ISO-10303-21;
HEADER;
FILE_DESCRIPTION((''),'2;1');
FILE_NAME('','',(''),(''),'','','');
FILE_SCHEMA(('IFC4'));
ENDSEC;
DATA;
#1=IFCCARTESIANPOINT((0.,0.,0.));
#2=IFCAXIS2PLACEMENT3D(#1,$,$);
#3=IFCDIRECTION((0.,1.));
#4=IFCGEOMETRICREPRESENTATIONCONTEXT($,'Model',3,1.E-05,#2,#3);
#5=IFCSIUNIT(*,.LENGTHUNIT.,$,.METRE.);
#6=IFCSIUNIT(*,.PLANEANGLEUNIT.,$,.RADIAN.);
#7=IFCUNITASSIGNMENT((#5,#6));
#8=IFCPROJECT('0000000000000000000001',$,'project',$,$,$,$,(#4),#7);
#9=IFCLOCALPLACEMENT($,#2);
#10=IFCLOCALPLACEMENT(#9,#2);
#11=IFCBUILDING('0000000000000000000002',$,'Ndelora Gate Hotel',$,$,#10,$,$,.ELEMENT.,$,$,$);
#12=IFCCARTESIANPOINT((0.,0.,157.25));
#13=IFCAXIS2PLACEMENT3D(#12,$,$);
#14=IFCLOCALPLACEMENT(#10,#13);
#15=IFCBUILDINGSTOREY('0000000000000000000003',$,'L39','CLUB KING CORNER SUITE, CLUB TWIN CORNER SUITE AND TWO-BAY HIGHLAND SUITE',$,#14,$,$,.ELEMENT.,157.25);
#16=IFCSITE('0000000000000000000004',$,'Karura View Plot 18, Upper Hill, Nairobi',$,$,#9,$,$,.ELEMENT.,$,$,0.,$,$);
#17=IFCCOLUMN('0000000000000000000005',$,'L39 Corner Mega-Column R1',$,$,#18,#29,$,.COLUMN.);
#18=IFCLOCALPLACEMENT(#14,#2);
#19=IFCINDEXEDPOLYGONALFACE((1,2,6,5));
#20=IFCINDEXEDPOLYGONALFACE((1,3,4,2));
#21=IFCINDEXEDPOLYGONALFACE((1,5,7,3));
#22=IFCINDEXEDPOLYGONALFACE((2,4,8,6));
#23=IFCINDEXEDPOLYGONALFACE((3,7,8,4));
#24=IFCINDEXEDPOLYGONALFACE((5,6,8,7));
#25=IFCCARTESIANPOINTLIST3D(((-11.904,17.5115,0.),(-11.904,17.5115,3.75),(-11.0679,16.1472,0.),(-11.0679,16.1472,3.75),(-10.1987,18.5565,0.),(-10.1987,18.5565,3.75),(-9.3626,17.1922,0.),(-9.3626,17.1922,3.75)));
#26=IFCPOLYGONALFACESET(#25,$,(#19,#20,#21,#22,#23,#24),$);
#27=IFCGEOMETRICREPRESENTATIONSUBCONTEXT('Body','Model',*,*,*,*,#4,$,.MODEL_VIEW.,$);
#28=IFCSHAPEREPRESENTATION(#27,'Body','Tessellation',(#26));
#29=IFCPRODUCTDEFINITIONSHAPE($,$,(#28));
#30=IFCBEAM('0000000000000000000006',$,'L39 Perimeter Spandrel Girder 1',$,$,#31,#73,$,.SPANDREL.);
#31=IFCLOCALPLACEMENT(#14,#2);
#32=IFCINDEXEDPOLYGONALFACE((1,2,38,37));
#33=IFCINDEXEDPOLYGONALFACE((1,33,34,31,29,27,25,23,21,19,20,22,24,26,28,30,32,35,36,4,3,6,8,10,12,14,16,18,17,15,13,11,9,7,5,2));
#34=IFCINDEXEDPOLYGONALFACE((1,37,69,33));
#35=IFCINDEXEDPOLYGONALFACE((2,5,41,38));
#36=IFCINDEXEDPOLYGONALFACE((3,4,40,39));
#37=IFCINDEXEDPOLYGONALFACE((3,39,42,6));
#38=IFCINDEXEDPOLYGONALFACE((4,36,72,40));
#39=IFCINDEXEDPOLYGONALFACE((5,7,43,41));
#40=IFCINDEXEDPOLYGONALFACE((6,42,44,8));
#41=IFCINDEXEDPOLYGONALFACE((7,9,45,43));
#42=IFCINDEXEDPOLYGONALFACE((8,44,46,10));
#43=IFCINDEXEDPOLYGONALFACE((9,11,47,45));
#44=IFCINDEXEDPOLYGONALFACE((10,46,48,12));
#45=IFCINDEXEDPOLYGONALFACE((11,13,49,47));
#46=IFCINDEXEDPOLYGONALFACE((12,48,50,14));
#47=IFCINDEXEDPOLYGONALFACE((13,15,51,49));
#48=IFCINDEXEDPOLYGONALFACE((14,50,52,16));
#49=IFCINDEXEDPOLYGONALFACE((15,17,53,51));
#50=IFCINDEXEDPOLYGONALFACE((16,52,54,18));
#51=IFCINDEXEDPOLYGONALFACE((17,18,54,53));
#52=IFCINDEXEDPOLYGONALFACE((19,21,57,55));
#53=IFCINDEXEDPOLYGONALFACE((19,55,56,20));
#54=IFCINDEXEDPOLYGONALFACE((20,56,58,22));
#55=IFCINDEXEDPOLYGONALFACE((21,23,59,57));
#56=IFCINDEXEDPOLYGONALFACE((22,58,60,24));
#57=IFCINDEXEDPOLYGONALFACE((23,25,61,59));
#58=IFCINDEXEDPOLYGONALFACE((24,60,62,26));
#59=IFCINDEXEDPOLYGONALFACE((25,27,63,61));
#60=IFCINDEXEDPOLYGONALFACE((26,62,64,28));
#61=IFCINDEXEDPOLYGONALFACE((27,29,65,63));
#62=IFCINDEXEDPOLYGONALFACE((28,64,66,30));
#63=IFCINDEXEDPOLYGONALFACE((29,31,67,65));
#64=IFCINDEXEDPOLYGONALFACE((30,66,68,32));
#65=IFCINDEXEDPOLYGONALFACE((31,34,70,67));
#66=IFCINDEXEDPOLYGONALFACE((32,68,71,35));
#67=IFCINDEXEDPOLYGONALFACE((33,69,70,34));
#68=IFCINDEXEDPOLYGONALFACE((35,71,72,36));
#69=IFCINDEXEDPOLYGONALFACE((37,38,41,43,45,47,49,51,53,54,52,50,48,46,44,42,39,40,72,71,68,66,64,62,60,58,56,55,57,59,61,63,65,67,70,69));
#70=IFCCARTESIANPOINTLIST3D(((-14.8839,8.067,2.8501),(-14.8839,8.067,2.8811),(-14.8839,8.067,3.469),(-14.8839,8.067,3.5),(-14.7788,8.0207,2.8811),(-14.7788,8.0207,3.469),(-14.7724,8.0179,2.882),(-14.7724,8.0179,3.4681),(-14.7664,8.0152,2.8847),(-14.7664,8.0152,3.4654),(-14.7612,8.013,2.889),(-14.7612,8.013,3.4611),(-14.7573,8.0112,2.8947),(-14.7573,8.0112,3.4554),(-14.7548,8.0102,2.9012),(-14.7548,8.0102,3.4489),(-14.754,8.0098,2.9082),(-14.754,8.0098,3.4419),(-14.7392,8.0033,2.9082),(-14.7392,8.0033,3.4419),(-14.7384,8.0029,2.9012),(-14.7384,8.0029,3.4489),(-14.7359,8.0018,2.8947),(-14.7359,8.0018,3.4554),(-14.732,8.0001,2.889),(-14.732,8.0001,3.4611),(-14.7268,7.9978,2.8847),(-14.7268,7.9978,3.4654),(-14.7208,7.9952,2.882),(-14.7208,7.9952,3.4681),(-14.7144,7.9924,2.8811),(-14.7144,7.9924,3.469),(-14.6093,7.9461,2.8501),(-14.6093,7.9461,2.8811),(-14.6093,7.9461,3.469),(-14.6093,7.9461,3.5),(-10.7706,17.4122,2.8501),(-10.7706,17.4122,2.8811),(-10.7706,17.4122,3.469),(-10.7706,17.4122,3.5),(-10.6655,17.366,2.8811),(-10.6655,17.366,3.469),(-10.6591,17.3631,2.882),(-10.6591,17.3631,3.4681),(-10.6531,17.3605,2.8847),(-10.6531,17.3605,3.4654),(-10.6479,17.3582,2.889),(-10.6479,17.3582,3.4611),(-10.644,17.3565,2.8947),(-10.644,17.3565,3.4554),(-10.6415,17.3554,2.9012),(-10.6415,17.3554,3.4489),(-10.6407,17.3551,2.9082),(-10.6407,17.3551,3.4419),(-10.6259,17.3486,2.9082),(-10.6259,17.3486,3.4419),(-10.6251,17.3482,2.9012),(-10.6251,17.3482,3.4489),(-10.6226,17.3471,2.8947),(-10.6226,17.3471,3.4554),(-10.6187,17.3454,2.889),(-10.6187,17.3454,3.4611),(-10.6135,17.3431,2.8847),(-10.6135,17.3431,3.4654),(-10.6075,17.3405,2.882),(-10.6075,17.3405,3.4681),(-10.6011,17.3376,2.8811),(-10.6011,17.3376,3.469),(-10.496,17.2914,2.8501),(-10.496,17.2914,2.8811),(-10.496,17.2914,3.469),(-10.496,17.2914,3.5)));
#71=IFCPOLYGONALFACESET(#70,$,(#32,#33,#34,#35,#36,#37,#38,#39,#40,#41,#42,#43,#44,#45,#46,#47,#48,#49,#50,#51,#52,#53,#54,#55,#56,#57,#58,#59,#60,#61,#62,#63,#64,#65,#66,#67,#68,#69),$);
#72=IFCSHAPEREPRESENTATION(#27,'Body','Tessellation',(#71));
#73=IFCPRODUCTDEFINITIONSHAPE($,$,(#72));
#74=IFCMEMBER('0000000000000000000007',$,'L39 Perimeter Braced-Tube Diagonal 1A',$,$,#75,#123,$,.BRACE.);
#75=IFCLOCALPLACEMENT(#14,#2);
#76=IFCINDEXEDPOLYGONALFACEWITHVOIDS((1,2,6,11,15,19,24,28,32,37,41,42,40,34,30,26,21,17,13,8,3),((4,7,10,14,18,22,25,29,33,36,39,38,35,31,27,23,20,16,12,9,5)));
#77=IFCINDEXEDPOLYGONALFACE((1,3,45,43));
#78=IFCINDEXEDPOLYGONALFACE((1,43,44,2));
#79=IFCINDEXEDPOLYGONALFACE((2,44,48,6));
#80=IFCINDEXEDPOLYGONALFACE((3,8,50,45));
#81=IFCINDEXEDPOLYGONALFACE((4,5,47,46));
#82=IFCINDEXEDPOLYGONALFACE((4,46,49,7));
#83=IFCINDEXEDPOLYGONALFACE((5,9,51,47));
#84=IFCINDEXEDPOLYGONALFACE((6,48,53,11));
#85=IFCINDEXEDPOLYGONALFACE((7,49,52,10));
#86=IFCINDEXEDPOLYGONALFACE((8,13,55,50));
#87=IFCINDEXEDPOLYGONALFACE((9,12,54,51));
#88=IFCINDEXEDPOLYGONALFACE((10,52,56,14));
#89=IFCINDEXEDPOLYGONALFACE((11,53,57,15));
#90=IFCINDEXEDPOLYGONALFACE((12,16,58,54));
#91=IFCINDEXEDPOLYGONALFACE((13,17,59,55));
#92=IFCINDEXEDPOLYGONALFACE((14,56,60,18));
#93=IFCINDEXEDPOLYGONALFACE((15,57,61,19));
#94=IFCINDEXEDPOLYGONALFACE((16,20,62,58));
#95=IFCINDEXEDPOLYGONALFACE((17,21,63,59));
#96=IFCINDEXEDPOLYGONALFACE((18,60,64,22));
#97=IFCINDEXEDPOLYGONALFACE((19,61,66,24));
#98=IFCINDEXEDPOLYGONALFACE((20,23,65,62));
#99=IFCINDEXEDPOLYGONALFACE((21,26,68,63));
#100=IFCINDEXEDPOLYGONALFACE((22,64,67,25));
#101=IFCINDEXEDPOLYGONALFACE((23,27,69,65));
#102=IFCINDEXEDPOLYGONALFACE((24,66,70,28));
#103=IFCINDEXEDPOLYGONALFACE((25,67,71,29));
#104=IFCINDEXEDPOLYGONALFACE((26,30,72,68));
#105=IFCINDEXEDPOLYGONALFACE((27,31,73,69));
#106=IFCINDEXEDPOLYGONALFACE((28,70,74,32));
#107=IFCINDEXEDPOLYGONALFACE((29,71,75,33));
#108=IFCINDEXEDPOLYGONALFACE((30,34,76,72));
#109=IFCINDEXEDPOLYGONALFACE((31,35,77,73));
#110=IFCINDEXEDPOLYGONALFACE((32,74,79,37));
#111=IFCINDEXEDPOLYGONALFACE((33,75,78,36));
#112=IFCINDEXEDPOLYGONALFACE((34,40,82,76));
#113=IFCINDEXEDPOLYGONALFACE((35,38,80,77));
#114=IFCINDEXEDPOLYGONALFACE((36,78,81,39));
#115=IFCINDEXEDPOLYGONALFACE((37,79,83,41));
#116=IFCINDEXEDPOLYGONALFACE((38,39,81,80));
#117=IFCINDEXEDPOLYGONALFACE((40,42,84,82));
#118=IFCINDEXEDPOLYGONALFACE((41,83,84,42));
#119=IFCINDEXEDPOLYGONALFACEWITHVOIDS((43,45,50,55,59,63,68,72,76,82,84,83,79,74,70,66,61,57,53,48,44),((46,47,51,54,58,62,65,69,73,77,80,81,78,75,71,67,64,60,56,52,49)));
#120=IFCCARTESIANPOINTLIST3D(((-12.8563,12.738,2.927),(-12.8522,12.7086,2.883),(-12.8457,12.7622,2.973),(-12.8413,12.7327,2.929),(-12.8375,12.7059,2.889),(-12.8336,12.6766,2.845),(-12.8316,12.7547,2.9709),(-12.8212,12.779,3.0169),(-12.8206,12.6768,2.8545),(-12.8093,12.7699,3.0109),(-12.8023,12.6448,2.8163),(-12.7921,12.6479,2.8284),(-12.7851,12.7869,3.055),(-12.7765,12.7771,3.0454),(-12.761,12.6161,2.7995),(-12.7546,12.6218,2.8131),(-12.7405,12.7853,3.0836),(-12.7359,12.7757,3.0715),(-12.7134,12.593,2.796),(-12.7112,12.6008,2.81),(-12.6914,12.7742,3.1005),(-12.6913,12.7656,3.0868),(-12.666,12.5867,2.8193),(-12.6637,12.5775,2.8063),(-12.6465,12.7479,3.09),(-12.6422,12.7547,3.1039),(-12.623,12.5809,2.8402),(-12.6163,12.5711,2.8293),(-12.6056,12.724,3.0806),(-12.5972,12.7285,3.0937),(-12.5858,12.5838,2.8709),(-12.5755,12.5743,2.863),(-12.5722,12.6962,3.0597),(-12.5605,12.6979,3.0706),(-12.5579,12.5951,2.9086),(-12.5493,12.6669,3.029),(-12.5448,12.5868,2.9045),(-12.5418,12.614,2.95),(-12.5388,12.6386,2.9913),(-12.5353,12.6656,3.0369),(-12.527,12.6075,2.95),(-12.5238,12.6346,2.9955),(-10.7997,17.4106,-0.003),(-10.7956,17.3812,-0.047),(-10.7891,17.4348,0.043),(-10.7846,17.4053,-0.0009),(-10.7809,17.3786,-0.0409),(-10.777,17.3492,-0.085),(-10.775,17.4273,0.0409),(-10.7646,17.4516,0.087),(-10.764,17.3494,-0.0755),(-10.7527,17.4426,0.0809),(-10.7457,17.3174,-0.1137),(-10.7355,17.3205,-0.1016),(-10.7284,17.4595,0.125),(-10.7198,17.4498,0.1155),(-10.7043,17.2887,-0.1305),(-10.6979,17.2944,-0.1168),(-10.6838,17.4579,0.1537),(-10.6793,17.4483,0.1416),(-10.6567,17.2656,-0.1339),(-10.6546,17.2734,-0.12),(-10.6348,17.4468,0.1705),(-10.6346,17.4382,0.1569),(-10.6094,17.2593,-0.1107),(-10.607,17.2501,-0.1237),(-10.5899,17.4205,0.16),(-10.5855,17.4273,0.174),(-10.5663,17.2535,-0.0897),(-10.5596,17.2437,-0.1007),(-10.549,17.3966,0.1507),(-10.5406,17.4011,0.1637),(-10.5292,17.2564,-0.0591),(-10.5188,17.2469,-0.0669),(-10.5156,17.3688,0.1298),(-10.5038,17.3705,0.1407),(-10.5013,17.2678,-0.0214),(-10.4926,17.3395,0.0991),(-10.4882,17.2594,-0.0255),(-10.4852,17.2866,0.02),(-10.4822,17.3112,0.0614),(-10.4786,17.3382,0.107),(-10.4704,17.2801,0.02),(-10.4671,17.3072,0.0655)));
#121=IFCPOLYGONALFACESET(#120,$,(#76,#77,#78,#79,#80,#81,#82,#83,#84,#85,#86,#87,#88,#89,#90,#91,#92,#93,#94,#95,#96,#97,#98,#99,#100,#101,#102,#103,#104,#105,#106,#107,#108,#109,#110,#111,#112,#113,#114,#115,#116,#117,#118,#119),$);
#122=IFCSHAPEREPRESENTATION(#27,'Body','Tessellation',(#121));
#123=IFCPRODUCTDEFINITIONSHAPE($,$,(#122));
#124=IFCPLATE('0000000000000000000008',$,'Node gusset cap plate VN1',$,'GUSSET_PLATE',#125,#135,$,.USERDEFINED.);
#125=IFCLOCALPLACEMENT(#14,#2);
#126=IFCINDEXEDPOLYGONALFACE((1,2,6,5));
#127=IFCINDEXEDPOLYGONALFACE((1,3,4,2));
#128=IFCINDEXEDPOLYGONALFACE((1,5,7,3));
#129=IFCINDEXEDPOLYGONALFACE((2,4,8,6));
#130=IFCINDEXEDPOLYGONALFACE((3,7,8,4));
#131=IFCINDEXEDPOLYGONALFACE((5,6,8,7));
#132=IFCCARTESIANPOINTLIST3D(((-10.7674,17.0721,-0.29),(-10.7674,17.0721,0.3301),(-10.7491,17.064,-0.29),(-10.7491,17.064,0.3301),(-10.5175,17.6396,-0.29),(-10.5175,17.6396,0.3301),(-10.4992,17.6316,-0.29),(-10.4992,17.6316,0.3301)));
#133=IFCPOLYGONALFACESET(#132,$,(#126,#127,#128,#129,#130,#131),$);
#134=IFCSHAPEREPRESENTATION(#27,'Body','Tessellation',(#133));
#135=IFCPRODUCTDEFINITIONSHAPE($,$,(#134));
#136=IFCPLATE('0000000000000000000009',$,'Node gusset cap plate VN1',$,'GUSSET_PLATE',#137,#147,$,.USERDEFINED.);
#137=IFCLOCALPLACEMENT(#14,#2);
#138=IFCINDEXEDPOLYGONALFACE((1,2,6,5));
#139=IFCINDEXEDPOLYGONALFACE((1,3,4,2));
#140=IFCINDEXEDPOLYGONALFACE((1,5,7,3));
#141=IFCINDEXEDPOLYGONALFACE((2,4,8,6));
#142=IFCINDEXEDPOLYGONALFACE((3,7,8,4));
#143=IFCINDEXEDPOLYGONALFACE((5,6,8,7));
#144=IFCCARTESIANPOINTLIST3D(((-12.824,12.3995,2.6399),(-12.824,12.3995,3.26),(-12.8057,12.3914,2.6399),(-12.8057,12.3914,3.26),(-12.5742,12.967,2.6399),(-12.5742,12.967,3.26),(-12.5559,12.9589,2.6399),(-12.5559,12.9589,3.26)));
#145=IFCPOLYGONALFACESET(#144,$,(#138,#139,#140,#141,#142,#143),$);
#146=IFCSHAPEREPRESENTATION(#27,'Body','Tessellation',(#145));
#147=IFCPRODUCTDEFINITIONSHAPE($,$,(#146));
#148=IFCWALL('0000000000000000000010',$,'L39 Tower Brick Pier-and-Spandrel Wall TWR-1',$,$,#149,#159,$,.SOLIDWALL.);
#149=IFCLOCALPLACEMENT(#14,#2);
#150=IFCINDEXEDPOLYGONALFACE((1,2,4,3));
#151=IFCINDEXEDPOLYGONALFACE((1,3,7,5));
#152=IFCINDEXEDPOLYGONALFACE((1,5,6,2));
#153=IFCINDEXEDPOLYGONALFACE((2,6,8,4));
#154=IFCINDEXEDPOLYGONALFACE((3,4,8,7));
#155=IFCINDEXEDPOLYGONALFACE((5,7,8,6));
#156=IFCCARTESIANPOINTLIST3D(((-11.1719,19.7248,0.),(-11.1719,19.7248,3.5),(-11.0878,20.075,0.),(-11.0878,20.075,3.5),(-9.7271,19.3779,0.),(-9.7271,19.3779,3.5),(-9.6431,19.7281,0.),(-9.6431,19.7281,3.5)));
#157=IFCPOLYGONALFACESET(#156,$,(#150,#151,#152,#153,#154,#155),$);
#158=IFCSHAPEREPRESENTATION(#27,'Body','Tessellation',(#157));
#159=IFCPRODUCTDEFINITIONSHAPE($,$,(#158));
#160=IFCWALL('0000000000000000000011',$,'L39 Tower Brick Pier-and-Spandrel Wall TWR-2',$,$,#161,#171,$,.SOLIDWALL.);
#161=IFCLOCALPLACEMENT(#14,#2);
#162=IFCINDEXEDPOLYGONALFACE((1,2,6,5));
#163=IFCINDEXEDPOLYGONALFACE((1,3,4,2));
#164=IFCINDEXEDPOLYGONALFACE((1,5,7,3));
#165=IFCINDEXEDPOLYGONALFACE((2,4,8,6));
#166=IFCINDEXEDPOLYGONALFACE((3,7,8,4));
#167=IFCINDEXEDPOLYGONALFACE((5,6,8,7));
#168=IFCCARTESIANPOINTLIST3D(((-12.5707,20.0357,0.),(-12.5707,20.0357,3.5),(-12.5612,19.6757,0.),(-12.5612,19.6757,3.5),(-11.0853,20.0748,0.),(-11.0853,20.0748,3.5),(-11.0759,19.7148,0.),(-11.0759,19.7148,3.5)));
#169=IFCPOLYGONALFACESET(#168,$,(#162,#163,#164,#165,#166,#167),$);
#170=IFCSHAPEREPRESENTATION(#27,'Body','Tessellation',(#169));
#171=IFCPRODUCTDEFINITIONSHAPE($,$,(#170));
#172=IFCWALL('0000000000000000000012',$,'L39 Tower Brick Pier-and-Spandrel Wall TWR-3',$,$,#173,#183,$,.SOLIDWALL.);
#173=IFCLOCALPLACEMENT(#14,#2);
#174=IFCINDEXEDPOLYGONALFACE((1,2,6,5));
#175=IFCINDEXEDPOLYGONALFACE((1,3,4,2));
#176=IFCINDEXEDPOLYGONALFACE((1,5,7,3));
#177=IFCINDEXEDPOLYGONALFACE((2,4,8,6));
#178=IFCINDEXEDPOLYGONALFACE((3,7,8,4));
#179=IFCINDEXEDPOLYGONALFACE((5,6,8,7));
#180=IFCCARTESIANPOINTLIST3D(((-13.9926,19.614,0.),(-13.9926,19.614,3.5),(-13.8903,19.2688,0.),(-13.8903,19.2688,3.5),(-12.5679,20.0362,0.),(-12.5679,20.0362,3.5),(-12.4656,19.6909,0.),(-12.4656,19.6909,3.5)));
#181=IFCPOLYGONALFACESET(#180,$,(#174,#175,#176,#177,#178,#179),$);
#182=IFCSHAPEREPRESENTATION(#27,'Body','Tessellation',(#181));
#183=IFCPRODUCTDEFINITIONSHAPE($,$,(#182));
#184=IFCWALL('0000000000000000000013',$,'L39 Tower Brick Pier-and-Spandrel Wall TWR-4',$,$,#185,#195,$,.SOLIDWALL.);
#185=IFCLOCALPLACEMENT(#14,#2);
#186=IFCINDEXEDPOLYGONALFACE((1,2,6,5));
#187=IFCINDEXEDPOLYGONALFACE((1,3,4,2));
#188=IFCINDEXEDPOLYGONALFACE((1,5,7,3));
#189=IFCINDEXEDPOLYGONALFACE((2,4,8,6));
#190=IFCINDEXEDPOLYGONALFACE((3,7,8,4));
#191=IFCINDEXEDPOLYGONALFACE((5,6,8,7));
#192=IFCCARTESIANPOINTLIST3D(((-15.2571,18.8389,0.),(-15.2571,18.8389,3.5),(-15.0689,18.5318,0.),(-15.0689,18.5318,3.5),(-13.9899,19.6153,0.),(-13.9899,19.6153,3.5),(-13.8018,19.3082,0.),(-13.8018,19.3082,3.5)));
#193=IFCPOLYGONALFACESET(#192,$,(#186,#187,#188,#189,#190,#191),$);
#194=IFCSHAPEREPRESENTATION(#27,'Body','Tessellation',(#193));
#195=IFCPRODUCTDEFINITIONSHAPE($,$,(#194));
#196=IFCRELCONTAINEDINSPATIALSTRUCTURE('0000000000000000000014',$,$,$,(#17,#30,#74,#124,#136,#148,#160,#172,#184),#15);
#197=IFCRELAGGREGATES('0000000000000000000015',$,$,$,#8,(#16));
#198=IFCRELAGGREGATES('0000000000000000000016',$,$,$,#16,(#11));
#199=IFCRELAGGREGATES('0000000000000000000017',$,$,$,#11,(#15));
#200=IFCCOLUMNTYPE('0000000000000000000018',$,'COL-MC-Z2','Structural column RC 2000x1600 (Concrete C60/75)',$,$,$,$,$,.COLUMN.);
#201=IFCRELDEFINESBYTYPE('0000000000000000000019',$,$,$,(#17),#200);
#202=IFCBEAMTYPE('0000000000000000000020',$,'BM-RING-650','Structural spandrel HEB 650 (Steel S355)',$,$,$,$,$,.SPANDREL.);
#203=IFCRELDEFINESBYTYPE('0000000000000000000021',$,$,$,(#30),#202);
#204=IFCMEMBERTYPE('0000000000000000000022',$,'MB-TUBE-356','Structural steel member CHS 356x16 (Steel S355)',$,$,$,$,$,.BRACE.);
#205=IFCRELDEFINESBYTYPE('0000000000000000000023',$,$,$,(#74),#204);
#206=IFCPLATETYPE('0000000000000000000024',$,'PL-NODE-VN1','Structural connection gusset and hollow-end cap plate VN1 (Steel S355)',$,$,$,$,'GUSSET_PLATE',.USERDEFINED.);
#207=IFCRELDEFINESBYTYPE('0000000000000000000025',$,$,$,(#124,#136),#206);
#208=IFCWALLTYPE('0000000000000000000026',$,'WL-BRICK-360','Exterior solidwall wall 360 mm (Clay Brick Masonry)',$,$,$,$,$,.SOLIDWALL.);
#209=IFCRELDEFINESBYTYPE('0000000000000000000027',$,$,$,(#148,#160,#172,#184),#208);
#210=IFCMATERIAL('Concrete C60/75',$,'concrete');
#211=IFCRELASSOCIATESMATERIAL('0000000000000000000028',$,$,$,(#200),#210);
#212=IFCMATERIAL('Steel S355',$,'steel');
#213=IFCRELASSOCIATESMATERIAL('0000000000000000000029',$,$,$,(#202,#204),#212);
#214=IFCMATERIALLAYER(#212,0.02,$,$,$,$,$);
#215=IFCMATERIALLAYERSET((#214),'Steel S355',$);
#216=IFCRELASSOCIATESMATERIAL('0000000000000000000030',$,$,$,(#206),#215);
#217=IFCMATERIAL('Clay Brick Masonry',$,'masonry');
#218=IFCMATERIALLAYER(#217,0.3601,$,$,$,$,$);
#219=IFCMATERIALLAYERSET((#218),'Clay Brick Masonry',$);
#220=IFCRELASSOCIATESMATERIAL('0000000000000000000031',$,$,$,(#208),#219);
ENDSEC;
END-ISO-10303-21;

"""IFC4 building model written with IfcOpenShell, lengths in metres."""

from ifc_helpers import new_model, si_unit, direction, frame, frame_2d, origin, origin_2d, place, context, subcontext, project, spatial, rectangle, hollow_circle, i_section, extrude, material, layer, layer_set, material_profile, profile_set, type_object, element, save


model = new_model("IFC4")

# Units and contexts
model_context = context("Model", 3, precision=1e-05, world=origin(), true_north=direction((0.0, 1.0)))
body_context = subcontext(model_context, "Body", "Model", "MODEL_VIEW")
ifc_project = project(units=[si_unit("LENGTHUNIT", "METRE"), si_unit("PLANEANGLEUNIT", "RADIAN")], contexts=[model_context])

# Site, building, storey
site_placement = place(None, origin())
site = spatial("IfcSite", under=ifc_project, at=site_placement, Name="Karura View Plot 18, Upper Hill, Nairobi", CompositionType="ELEMENT", RefElevation=0.0)
building_placement = place(site_placement, origin())
building = spatial("IfcBuilding", under=site, at=building_placement, Name="Ndelora Gate Hotel", CompositionType="ELEMENT")
storey_placement = place(building_placement, frame((0.0, 0.0, 157.25)))
storey = spatial("IfcBuildingStorey", under=building, at=storey_placement, Name="L39", Description="CLUB KING CORNER SUITE, CLUB TWIN CORNER SUITE AND TWO-BAY HIGHLAND SUITE", CompositionType="ELEMENT", Elevation=157.25)

# Column
ifc_material_1 = material(Name="Concrete C60/75", Category="concrete")
ifc_material_profile_1 = material_profile(ifc_material_1, rectangle(XDim=1.6001, YDim=2.0, at=origin_2d()), Name="RC 2000x1600")
ifc_profile_set_1 = profile_set([ifc_material_profile_1], Name="Concrete C60/75")
column_type = type_object("IfcColumnType", Name="COL-MC-Z2", Description="Structural column RC 2000x1600 (Concrete C60/75)", PredefinedType="COLUMN", material=ifc_profile_set_1)
column_placement = place(storey_placement, frame((-10.6333, 17.3518, 0.0), z_axis=(0.0, 0.0, 1.0), x_axis=(-0.522499, 0.85264, 0.0)))
element("IfcColumn", 1, at=column_placement, inside=storey, type_object=column_type, Name="L39 Corner Mega-Column R1", PredefinedType="COLUMN", context=body_context, shape_type="SweptSolid", body=[
    extrude(rectangle(XDim=1.6001, YDim=2.0, at=origin_2d()), origin(), (0.0, 0.0, 1.0), 3.75),
])

# Beam
ifc_material_2 = material(Name="Steel S355", Category="steel")
ifc_material_profile_2 = material_profile(ifc_material_2, i_section(OverallWidth=0.3, OverallDepth=0.6499, WebThickness=0.0161, FlangeThickness=0.031, FilletRadius=0.0271, at=origin_2d()), Name="HEB 650")
ifc_profile_set_2 = profile_set([ifc_material_profile_2], Name="Steel S355")
beam_type = type_object("IfcBeamType", Name="BM-RING-650", Description="Structural spandrel HEB 650 (Steel S355)", PredefinedType="SPANDREL", material=ifc_profile_set_2)
beam_placement = place(storey_placement, frame((-10.6333, 17.3518, 3.175), z_axis=(-0.402852, -0.915265, 0.0), x_axis=(0.915265, -0.402852, 0.0)))
element("IfcBeam", 2, at=beam_placement, inside=storey, type_object=beam_type, Name="L39 Perimeter Spandrel Girder 1", PredefinedType="SPANDREL", context=body_context, shape_type="SweptSolid", body=[
    extrude(i_section(OverallWidth=0.3, OverallDepth=0.6499, WebThickness=0.0161, FlangeThickness=0.031, FilletRadius=0.0271, at=origin_2d()), origin(), (0.0, 0.0, 1.0), 10.2104),
])

# Member
ifc_material_profile_3 = material_profile(ifc_material_2, hollow_circle(Radius=0.178, WallThickness=0.0161, at=origin_2d()), Name="CHS 356x16")
ifc_profile_set_3 = profile_set([ifc_material_profile_3], Name="Steel S355")
member_type = type_object("IfcMemberType", Name="MB-TUBE-356", Description="Structural steel member CHS 356x16 (Steel S355)", PredefinedType="BRACE", material=ifc_profile_set_3)
member_placement = place(storey_placement, frame((-10.6333, 17.3518, 0.02), z_axis=(-0.349399, -0.793822, 0.497762), x_axis=(0.915265, -0.402852, 0.0)))
element("IfcMember", 3, at=member_placement, inside=storey, type_object=member_type, Name="L39 Perimeter Braced-Tube Diagonal 1A", PredefinedType="BRACE", context=body_context, shape_type="SweptSolid", body=[
    extrude(hollow_circle(Radius=0.178, WallThickness=0.0161, at=origin_2d()), origin(), (0.0, 0.0, 1.0), 5.8862),
])

# Plates
ifc_layer_1 = layer(ifc_material_2, 0.02)
ifc_layer_set_1 = layer_set([ifc_layer_1], Name="Steel S355")
plate_type = type_object("IfcPlateType", Name="PL-NODE-VN1", Description="Structural connection gusset and hollow-end cap plate VN1 (Steel S355)", ElementType="GUSSET_PLATE", PredefinedType="USERDEFINED", material=ifc_layer_set_1)
for number, where, z_axis, x_axis, name in (
    (4, (-10.6333, 17.3518, -0.29), (0.0, 0.0, 1.0), (0.402906, 0.915241, 0.0), "Node gusset cap plate VN1"),
    (5, (-12.6899, 12.6792, 2.6399), (0.0, 0.0, 1.0), (0.402906, 0.915241, 0.0), "Node gusset cap plate VN1"),
):
    element("IfcPlate", number, at=place(storey_placement, frame(where, z_axis=z_axis, x_axis=x_axis)), inside=storey, type_object=plate_type, Name=name, ObjectType="GUSSET_PLATE", PredefinedType="USERDEFINED", context=body_context, shape_type="SweptSolid", body=[
        extrude(rectangle(XDim=0.6201, YDim=0.02, at=origin_2d()), origin(), (0.0, 0.0, 1.0), 0.6201),
    ])

# Walls
ifc_material_3 = material(Name="Clay Brick Masonry", Category="masonry")
ifc_layer_2 = layer(ifc_material_3, 0.3601)
ifc_layer_set_2 = layer_set([ifc_layer_2], Name="Clay Brick Masonry")
wall_type = type_object("IfcWallType", Name="WL-BRICK-360", Description="Exterior solidwall wall 360 mm (Clay Brick Masonry)", PredefinedType="SOLIDWALL", material=ifc_layer_set_2)
for number, where, z_axis, x_axis, name in (
    (6, (-11.1299, 19.8999, 0.0), (0.0, 0.0, 1.0), (0.972362, -0.233479, 0.0), "L39 Tower Brick Pier-and-Spandrel Wall TWR-1"),
    (7, (-12.5659, 19.8557, 0.0), (0.0, 0.0, 1.0), (0.999654, 0.026289, 0.0), "L39 Tower Brick Pier-and-Spandrel Wall TWR-2"),
    (8, (-13.9414, 19.4414, 0.0), (0.0, 0.0, 1.0), (0.958793, 0.284105, 0.0), "L39 Tower Brick Pier-and-Spandrel Wall TWR-3"),
):
    element("IfcWall", number, at=place(storey_placement, frame(where, z_axis=z_axis, x_axis=x_axis)), inside=storey, type_object=wall_type, Name=name, PredefinedType="SOLIDWALL", context=body_context, shape_type="SweptSolid", body=[
        extrude(rectangle(XDim=1.4858, YDim=0.3601, at=frame_2d((0.7429, 0.0))), origin(), (0.0, 0.0, 1.0), 3.5),
    ])
wall_1_placement = place(storey_placement, frame((-15.1631, 18.6853, 0.0), z_axis=(0.0, 0.0, 1.0), x_axis=(0.852672, 0.522446, 0.0)))
element("IfcWall", 9, at=wall_1_placement, inside=storey, type_object=wall_type, Name="L39 Tower Brick Pier-and-Spandrel Wall TWR-4", PredefinedType="SOLIDWALL", context=body_context, shape_type="SweptSolid", body=[
    extrude(rectangle(XDim=1.4861, YDim=0.3601, at=frame_2d((0.7432, 0.0))), origin(), (0.0, 0.0, 1.0), 3.5),
])

save(model, "model.ifc")
